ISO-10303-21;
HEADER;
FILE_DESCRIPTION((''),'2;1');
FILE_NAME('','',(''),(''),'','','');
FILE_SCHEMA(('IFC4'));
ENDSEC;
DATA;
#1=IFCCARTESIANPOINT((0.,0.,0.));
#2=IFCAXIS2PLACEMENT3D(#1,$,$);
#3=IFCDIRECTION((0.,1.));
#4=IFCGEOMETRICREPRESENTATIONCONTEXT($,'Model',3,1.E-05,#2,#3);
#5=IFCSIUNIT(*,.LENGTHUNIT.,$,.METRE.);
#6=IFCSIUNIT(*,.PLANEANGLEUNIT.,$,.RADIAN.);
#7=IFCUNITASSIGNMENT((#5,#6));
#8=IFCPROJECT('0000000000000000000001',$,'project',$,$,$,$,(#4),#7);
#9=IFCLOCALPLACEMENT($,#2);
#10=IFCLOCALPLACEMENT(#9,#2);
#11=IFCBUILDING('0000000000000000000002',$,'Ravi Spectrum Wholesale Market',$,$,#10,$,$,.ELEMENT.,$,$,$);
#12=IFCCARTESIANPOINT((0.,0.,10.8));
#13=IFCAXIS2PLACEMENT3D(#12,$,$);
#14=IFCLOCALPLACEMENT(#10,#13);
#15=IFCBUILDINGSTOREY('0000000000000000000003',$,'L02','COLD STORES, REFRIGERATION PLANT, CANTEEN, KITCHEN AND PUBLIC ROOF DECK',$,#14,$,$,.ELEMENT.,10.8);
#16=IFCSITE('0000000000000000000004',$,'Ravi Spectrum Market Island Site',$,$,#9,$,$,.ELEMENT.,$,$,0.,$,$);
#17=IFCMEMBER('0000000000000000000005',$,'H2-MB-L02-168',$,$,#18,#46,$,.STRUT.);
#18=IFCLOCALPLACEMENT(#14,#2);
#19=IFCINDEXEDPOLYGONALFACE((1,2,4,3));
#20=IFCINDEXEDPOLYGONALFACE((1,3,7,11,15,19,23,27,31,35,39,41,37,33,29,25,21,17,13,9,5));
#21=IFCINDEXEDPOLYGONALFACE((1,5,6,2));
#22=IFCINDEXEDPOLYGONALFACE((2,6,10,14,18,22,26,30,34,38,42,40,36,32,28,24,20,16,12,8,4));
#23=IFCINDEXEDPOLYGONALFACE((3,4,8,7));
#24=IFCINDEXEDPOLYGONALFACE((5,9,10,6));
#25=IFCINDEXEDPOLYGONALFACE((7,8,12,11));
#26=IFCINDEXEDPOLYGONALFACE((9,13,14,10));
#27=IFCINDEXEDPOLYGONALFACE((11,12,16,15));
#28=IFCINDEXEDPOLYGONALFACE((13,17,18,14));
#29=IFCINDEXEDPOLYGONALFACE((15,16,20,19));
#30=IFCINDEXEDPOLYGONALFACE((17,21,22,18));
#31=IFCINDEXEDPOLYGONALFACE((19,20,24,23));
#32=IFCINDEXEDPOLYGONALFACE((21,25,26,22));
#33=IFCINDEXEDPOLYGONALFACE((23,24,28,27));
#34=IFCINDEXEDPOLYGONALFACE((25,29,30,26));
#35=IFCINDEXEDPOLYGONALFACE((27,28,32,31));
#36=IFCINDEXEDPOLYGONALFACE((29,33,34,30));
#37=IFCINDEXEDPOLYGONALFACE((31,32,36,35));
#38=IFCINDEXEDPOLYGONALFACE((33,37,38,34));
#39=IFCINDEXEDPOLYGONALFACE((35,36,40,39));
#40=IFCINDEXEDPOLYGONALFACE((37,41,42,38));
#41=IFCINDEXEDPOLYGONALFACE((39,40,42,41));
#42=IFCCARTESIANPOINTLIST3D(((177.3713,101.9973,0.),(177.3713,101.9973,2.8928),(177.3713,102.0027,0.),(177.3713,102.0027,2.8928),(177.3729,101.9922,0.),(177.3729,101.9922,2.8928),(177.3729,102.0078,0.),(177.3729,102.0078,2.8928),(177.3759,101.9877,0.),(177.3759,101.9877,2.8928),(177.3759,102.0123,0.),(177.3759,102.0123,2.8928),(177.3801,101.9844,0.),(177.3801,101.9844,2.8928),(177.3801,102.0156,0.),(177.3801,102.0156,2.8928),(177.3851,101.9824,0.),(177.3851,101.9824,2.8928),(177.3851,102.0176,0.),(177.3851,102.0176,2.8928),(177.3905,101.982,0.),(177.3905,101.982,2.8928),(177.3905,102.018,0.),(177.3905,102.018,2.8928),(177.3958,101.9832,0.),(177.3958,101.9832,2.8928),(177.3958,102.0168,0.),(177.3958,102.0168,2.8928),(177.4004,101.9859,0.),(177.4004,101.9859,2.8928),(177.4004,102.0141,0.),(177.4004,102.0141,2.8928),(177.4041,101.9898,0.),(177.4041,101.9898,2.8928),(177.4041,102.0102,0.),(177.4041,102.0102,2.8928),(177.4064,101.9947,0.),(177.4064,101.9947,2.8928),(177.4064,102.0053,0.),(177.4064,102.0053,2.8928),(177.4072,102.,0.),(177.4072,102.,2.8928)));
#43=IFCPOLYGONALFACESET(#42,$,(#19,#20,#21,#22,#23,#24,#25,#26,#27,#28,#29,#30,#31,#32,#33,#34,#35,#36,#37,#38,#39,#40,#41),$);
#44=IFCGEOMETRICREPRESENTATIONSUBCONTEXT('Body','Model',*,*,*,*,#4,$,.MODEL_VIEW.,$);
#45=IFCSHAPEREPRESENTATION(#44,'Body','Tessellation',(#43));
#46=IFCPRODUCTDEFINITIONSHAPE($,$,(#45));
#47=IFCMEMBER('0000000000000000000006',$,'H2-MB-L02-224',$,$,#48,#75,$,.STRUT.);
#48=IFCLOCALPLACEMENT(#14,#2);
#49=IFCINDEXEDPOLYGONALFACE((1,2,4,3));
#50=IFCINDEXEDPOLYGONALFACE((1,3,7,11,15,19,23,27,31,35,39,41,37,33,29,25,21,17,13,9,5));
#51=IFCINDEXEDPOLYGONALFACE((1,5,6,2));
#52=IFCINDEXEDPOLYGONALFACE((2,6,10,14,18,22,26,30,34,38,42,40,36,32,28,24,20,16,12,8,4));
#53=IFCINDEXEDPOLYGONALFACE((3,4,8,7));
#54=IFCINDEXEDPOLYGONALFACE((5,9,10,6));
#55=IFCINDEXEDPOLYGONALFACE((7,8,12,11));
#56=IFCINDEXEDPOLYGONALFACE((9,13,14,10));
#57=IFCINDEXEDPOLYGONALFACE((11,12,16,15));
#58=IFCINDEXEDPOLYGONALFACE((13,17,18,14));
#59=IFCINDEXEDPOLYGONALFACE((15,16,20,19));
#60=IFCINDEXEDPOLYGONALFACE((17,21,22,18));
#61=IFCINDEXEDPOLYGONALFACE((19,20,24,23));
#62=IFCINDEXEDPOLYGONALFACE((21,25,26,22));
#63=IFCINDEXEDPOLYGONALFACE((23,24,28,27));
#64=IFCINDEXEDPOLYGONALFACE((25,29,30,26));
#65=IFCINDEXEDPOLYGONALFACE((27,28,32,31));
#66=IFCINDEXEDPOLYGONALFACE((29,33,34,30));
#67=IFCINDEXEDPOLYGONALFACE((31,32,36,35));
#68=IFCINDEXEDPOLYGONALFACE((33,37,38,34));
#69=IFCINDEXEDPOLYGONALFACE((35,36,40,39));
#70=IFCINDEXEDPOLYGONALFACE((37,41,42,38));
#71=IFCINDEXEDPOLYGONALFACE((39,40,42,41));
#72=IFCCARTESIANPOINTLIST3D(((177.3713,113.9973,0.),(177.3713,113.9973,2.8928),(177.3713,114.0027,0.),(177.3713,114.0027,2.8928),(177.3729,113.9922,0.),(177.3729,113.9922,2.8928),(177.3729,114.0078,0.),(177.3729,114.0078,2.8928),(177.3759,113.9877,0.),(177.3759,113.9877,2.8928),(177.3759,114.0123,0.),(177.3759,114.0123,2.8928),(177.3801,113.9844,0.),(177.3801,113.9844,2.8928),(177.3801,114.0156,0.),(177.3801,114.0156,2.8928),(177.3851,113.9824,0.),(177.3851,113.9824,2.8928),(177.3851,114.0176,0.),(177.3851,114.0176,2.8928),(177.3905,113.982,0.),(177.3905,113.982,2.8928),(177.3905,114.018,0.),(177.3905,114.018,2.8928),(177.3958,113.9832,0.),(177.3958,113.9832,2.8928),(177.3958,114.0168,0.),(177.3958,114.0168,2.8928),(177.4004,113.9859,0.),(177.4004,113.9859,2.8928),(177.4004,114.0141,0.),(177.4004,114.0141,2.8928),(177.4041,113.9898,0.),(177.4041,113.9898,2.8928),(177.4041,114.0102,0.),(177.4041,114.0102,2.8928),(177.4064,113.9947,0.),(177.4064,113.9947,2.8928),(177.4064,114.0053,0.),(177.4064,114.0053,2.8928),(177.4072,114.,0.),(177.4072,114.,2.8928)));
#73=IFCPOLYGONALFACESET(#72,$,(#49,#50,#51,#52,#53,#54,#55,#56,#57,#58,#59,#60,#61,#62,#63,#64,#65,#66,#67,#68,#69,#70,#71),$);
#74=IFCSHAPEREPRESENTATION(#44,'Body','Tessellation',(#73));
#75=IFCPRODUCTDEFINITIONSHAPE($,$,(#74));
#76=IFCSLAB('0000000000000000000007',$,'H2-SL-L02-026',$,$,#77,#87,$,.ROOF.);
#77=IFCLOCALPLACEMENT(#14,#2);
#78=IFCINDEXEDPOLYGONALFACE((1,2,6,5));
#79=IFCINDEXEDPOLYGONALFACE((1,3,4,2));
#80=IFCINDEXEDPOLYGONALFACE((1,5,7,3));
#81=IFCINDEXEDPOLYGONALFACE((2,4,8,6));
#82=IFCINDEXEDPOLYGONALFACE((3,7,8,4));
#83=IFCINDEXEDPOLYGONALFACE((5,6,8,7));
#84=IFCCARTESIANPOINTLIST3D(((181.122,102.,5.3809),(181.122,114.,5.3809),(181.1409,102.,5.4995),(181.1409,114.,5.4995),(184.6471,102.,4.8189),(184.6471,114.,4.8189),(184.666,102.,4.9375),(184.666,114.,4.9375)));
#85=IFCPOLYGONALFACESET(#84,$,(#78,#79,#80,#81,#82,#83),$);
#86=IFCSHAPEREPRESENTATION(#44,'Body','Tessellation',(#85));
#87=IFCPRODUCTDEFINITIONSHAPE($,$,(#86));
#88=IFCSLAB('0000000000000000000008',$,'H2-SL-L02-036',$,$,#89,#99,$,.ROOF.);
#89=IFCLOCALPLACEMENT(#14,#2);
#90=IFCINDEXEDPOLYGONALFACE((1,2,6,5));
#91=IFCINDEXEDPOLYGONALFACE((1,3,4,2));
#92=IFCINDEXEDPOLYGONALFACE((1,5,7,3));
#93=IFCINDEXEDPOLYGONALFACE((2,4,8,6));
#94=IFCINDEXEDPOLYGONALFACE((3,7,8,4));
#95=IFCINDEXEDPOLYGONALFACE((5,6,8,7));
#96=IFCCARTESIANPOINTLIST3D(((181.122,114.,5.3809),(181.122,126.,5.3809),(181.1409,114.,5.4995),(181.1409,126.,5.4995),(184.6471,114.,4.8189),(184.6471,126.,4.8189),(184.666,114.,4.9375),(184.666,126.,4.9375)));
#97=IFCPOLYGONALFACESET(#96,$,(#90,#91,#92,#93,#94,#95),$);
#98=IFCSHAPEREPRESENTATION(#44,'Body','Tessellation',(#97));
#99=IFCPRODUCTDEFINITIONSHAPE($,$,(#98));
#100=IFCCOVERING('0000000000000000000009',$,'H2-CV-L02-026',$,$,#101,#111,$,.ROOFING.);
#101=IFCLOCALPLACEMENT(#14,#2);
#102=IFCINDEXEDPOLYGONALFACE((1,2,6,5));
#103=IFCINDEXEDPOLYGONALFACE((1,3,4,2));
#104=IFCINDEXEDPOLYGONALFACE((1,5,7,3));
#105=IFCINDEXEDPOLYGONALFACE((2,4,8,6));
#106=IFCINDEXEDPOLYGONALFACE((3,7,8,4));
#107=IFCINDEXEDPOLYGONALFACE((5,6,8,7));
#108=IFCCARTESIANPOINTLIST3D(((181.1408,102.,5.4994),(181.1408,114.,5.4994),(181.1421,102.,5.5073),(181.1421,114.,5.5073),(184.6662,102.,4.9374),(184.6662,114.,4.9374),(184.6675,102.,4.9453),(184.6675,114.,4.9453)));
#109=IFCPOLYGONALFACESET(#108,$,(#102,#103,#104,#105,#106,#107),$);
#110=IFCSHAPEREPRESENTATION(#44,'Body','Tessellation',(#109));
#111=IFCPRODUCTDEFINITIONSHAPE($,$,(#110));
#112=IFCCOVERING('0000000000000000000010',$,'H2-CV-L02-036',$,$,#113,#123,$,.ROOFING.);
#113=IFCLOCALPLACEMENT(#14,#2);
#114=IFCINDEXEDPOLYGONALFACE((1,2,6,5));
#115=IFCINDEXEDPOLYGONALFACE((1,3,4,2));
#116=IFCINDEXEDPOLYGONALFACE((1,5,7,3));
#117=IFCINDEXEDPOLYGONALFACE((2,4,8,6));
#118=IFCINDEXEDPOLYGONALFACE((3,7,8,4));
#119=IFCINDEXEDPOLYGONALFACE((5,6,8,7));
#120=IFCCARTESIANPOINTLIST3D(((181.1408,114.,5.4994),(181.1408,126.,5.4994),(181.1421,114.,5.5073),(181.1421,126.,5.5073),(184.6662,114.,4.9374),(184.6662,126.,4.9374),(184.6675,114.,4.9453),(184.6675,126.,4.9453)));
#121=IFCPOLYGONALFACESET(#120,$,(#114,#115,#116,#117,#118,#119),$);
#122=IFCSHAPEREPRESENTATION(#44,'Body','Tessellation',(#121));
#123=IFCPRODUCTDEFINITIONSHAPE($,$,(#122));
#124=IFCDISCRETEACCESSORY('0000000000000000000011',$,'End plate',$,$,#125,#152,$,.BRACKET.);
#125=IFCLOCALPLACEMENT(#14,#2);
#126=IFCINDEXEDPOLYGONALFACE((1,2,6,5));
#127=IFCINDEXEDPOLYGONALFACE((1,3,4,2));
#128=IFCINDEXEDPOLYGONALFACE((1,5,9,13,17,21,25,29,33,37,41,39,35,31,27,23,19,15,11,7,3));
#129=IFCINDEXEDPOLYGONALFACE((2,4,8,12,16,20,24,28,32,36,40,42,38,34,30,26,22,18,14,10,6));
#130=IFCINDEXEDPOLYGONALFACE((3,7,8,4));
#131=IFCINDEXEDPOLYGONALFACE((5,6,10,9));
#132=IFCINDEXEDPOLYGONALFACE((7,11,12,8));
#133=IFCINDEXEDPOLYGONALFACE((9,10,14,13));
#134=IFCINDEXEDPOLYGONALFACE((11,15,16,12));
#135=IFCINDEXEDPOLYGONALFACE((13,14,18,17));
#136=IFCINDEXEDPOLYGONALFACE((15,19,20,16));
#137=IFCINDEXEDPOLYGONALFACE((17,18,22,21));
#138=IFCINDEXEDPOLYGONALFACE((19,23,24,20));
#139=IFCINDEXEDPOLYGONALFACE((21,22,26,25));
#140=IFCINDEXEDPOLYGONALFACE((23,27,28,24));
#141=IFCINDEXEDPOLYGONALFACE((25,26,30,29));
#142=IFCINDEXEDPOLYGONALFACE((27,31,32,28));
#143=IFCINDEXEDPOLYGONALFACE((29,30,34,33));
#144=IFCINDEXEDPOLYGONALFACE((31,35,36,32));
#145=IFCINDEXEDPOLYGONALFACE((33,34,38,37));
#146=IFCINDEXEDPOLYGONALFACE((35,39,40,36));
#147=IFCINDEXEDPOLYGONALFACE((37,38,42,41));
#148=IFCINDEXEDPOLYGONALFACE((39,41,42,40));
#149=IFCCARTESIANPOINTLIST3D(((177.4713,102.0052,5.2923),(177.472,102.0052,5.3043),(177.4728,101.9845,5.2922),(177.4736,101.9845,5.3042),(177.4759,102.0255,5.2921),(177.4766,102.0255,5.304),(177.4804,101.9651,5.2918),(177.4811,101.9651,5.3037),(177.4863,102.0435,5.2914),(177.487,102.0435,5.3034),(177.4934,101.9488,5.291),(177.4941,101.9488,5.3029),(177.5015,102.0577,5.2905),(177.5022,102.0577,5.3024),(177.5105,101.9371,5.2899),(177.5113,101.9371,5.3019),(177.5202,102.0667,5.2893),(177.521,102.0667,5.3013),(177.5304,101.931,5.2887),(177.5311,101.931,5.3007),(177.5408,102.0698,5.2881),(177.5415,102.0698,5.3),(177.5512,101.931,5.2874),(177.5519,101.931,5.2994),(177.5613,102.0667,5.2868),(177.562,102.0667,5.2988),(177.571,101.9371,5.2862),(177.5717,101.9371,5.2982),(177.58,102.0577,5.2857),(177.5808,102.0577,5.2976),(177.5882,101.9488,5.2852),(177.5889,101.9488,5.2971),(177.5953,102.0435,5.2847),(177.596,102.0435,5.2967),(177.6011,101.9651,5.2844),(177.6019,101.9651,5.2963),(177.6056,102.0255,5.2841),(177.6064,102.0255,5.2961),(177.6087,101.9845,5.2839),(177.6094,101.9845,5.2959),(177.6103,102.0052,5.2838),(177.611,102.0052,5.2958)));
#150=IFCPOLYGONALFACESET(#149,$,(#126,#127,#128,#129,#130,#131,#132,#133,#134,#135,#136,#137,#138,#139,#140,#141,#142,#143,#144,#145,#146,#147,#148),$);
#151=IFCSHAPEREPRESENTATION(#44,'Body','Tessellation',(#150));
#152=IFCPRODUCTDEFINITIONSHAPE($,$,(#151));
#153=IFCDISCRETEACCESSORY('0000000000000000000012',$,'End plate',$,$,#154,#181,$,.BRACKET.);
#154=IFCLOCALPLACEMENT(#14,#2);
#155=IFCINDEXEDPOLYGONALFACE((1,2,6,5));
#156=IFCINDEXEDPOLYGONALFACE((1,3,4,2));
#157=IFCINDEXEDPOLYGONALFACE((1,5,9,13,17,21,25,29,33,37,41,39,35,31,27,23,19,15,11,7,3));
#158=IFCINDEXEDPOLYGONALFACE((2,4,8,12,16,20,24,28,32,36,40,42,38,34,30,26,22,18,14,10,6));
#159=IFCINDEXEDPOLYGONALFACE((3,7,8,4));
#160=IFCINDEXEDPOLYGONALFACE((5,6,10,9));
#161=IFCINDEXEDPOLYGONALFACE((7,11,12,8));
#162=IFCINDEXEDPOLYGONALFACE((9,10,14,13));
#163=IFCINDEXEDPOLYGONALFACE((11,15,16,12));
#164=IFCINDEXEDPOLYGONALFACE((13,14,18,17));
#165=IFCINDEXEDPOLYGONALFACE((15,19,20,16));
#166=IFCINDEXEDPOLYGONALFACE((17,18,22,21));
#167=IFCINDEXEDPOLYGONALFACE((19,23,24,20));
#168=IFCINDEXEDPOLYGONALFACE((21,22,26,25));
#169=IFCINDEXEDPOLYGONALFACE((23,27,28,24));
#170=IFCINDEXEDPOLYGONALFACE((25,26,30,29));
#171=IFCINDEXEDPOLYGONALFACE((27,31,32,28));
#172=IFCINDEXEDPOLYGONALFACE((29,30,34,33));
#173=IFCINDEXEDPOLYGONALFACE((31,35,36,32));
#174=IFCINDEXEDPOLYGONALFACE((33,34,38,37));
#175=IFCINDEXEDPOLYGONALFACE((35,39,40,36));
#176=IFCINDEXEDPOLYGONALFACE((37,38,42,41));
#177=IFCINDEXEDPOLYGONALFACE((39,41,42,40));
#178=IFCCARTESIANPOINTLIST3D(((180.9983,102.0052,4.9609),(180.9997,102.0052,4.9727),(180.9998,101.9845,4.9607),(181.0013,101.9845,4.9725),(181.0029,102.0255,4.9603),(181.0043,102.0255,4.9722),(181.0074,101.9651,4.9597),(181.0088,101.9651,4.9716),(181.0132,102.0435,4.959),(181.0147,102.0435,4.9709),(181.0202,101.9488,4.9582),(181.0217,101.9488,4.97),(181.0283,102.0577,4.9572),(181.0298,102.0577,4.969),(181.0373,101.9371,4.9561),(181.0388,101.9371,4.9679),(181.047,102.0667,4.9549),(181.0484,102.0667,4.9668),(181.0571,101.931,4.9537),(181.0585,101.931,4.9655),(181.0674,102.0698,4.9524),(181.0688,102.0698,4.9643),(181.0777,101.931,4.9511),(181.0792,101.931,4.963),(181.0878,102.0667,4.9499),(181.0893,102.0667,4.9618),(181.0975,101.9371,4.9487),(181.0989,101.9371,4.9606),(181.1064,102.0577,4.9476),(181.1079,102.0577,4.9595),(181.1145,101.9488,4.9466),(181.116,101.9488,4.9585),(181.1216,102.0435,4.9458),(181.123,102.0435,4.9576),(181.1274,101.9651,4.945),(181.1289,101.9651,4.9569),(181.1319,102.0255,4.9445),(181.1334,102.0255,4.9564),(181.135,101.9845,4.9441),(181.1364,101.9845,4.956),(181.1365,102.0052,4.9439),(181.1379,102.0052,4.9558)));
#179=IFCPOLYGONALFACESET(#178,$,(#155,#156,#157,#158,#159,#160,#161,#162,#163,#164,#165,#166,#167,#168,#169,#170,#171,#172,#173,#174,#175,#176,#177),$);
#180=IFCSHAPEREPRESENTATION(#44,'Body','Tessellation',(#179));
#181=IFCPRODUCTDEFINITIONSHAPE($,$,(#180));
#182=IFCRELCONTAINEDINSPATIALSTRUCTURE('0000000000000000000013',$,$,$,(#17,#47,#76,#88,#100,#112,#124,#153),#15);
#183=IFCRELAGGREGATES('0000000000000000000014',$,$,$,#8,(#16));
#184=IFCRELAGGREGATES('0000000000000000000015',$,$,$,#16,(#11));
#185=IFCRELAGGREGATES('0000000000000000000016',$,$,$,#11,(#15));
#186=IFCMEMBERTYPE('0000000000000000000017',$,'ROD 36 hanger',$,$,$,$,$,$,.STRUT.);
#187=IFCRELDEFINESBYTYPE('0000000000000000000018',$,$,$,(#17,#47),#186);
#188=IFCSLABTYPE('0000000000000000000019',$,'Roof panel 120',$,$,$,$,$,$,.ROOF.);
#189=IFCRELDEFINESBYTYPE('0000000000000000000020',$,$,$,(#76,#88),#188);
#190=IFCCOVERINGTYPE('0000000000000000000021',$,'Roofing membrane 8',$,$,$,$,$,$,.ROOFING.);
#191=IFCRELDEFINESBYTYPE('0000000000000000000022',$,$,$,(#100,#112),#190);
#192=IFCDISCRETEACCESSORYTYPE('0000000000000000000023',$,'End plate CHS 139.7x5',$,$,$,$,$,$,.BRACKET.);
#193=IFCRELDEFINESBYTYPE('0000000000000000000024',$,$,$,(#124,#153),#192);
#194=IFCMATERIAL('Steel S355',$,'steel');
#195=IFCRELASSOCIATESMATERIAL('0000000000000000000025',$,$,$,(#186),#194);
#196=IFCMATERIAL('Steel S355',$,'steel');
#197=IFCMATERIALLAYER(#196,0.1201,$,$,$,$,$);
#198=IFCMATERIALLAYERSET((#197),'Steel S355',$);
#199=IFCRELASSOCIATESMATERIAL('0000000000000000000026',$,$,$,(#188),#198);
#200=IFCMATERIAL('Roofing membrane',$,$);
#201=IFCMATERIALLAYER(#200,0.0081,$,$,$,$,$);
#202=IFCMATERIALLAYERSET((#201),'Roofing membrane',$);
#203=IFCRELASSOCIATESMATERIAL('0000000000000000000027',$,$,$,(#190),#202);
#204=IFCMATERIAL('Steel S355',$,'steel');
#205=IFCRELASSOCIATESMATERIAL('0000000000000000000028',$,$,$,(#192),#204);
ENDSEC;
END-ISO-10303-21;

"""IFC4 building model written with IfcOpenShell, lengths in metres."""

from ifc_helpers import new_model, si_unit, direction, frame, origin, origin_2d, place, context, subcontext, project, spatial, polyline, circle, outline, extrude, material, layer, layer_set, material_profile, profile_set, type_object, element, save


model = new_model("IFC4")

# Units and contexts
model_context = context("Model", 3, precision=1e-05, world=origin(), true_north=direction((0.0, 1.0)))
body_context = subcontext(model_context, "Body", "Model", "MODEL_VIEW")
ifc_project = project(units=[si_unit("LENGTHUNIT", "METRE"), si_unit("PLANEANGLEUNIT", "RADIAN")], contexts=[model_context])

# Site, building, storey
site_placement = place(None, origin())
site = spatial("IfcSite", under=ifc_project, at=site_placement, Name="Ravi Spectrum Market Island Site", CompositionType="ELEMENT", RefElevation=0.0)
building_placement = place(site_placement, origin())
building = spatial("IfcBuilding", under=site, at=building_placement, Name="Ravi Spectrum Wholesale Market", CompositionType="ELEMENT")
storey_placement = place(building_placement, frame((0.0, 0.0, 10.8)))
storey = spatial("IfcBuildingStorey", under=building, at=storey_placement, Name="L02", Description="COLD STORES, REFRIGERATION PLANT, CANTEEN, KITCHEN AND PUBLIC ROOF DECK", CompositionType="ELEMENT", Elevation=10.8)

# Members
ifc_material_1 = material(Name="Steel S355", Category="steel")
ifc_material_profile_1 = material_profile(ifc_material_1, circle(Radius=0.0181, at=origin_2d()))
ifc_profile_set_1 = profile_set([ifc_material_profile_1], Name="Steel S355")
member_type_1 = type_object("IfcMemberType", Name="ROD 36 hanger", PredefinedType="STRUT", material=ifc_profile_set_1)
for number, where, z_axis, x_axis, name in (
    (1, (177.3892, 102.0, 0.0), (0.0, 0.0, 1.0), (1.0, 0.0, 0.0), "H2-MB-L02-168"),
    (2, (177.3892, 114.0, 0.0), (0.0, 0.0, 1.0), (1.0, 0.0, 0.0), "H2-MB-L02-224"),
):
    element("IfcMember", number, at=place(storey_placement, frame(where, z_axis=z_axis, x_axis=x_axis)), inside=storey, type_object=member_type_1, Name=name, PredefinedType="STRUT", context=body_context, shape_type="SweptSolid", body=[
        extrude(circle(Radius=0.0181, at=origin_2d()), origin(), (0.0, 0.0, 1.0), 2.8928),
    ])

# Slabs
ifc_material_2 = material(Name="Steel S355", Category="steel")
ifc_layer_1 = layer(ifc_material_2, 0.1201)
ifc_layer_set_1 = layer_set([ifc_layer_1], Name="Steel S355")
slab_type = type_object("IfcSlabType", Name="Roof panel 120", PredefinedType="ROOF", material=ifc_layer_set_1)
for number, where, z_axis, x_axis, name in (
    (3, (181.1409, 102.0, 5.4995), (0.157441, 0.0, 0.987528), (0.987528, 0.0, -0.157441), "H2-SL-L02-026"),
    (4, (181.1409, 114.0, 5.4995), (0.157441, 0.0, 0.987528), (0.987528, 0.0, -0.157441), "H2-SL-L02-036"),
):
    element("IfcSlab", number, at=place(storey_placement, frame(where, z_axis=z_axis, x_axis=x_axis)), inside=storey, type_object=slab_type, Name=name, PredefinedType="ROOF", context=body_context, shape_type="SweptSolid", body=[
        extrude(outline(polyline([(0.0, 0.0), (3.5697, 0.0), (3.5697, 12.0), (0.0, 12.0), (0.0, 0.0)])), origin(), (0.0, 0.0, -1.0), 0.1201),
    ])

# Coverings
ifc_material_3 = material(Name="Roofing membrane")
ifc_layer_2 = layer(ifc_material_3, 0.0081)
ifc_layer_set_2 = layer_set([ifc_layer_2], Name="Roofing membrane")
covering_type = type_object("IfcCoveringType", Name="Roofing membrane 8", PredefinedType="ROOFING", material=ifc_layer_set_2)
for number, where, z_axis, x_axis, name in (
    (5, (181.1421, 102.0, 5.5073), (0.15743, 0.0, 0.98753), (0.98753, 0.0, -0.15743), "H2-CV-L02-026"),
    (6, (181.1421, 114.0, 5.5073), (0.15743, 0.0, 0.98753), (0.98753, 0.0, -0.15743), "H2-CV-L02-036"),
):
    element("IfcCovering", number, at=place(storey_placement, frame(where, z_axis=z_axis, x_axis=x_axis)), inside=storey, type_object=covering_type, Name=name, PredefinedType="ROOFING", context=body_context, shape_type="SweptSolid", body=[
        extrude(outline(polyline([(0.0, 0.0), (3.5699, 0.0), (3.5699, 12.0), (0.0, 12.0), (0.0, 0.0)])), origin(), (0.0, 0.0, -1.0), 0.0081),
    ])

# Discrete accessories
ifc_material_4 = material(Name="Steel S355", Category="steel")
ifc_material_profile_2 = material_profile(ifc_material_4, circle(Radius=0.0698, at=origin_2d()))
ifc_profile_set_2 = profile_set([ifc_material_profile_2], Name="Steel S355")
discrete_accessory_type_1 = type_object("IfcDiscreteAccessoryType", Name="End plate CHS 139.7x5", PredefinedType="BRACKET", material=ifc_profile_set_2)
for number, where, z_axis, x_axis, name in (
    (7, (177.5408, 102.0, 5.2881), (0.06111, 0.0, 0.998131), (0.0, 1.0, 0.0), "End plate"),
    (8, (181.0674, 102.0, 4.9524), (0.121541, 0.0, 0.992586), (0.0, 1.0, 0.0), "End plate"),
):
    element("IfcDiscreteAccessory", number, at=place(storey_placement, frame(where, z_axis=z_axis, x_axis=x_axis)), inside=storey, type_object=discrete_accessory_type_1, Name=name, PredefinedType="BRACKET", context=body_context, shape_type="SweptSolid", body=[
        extrude(circle(Radius=0.0698, at=origin_2d()), origin(), (0.0, 0.0, 1.0), 0.012),
    ])

save(model, "model.ifc")
